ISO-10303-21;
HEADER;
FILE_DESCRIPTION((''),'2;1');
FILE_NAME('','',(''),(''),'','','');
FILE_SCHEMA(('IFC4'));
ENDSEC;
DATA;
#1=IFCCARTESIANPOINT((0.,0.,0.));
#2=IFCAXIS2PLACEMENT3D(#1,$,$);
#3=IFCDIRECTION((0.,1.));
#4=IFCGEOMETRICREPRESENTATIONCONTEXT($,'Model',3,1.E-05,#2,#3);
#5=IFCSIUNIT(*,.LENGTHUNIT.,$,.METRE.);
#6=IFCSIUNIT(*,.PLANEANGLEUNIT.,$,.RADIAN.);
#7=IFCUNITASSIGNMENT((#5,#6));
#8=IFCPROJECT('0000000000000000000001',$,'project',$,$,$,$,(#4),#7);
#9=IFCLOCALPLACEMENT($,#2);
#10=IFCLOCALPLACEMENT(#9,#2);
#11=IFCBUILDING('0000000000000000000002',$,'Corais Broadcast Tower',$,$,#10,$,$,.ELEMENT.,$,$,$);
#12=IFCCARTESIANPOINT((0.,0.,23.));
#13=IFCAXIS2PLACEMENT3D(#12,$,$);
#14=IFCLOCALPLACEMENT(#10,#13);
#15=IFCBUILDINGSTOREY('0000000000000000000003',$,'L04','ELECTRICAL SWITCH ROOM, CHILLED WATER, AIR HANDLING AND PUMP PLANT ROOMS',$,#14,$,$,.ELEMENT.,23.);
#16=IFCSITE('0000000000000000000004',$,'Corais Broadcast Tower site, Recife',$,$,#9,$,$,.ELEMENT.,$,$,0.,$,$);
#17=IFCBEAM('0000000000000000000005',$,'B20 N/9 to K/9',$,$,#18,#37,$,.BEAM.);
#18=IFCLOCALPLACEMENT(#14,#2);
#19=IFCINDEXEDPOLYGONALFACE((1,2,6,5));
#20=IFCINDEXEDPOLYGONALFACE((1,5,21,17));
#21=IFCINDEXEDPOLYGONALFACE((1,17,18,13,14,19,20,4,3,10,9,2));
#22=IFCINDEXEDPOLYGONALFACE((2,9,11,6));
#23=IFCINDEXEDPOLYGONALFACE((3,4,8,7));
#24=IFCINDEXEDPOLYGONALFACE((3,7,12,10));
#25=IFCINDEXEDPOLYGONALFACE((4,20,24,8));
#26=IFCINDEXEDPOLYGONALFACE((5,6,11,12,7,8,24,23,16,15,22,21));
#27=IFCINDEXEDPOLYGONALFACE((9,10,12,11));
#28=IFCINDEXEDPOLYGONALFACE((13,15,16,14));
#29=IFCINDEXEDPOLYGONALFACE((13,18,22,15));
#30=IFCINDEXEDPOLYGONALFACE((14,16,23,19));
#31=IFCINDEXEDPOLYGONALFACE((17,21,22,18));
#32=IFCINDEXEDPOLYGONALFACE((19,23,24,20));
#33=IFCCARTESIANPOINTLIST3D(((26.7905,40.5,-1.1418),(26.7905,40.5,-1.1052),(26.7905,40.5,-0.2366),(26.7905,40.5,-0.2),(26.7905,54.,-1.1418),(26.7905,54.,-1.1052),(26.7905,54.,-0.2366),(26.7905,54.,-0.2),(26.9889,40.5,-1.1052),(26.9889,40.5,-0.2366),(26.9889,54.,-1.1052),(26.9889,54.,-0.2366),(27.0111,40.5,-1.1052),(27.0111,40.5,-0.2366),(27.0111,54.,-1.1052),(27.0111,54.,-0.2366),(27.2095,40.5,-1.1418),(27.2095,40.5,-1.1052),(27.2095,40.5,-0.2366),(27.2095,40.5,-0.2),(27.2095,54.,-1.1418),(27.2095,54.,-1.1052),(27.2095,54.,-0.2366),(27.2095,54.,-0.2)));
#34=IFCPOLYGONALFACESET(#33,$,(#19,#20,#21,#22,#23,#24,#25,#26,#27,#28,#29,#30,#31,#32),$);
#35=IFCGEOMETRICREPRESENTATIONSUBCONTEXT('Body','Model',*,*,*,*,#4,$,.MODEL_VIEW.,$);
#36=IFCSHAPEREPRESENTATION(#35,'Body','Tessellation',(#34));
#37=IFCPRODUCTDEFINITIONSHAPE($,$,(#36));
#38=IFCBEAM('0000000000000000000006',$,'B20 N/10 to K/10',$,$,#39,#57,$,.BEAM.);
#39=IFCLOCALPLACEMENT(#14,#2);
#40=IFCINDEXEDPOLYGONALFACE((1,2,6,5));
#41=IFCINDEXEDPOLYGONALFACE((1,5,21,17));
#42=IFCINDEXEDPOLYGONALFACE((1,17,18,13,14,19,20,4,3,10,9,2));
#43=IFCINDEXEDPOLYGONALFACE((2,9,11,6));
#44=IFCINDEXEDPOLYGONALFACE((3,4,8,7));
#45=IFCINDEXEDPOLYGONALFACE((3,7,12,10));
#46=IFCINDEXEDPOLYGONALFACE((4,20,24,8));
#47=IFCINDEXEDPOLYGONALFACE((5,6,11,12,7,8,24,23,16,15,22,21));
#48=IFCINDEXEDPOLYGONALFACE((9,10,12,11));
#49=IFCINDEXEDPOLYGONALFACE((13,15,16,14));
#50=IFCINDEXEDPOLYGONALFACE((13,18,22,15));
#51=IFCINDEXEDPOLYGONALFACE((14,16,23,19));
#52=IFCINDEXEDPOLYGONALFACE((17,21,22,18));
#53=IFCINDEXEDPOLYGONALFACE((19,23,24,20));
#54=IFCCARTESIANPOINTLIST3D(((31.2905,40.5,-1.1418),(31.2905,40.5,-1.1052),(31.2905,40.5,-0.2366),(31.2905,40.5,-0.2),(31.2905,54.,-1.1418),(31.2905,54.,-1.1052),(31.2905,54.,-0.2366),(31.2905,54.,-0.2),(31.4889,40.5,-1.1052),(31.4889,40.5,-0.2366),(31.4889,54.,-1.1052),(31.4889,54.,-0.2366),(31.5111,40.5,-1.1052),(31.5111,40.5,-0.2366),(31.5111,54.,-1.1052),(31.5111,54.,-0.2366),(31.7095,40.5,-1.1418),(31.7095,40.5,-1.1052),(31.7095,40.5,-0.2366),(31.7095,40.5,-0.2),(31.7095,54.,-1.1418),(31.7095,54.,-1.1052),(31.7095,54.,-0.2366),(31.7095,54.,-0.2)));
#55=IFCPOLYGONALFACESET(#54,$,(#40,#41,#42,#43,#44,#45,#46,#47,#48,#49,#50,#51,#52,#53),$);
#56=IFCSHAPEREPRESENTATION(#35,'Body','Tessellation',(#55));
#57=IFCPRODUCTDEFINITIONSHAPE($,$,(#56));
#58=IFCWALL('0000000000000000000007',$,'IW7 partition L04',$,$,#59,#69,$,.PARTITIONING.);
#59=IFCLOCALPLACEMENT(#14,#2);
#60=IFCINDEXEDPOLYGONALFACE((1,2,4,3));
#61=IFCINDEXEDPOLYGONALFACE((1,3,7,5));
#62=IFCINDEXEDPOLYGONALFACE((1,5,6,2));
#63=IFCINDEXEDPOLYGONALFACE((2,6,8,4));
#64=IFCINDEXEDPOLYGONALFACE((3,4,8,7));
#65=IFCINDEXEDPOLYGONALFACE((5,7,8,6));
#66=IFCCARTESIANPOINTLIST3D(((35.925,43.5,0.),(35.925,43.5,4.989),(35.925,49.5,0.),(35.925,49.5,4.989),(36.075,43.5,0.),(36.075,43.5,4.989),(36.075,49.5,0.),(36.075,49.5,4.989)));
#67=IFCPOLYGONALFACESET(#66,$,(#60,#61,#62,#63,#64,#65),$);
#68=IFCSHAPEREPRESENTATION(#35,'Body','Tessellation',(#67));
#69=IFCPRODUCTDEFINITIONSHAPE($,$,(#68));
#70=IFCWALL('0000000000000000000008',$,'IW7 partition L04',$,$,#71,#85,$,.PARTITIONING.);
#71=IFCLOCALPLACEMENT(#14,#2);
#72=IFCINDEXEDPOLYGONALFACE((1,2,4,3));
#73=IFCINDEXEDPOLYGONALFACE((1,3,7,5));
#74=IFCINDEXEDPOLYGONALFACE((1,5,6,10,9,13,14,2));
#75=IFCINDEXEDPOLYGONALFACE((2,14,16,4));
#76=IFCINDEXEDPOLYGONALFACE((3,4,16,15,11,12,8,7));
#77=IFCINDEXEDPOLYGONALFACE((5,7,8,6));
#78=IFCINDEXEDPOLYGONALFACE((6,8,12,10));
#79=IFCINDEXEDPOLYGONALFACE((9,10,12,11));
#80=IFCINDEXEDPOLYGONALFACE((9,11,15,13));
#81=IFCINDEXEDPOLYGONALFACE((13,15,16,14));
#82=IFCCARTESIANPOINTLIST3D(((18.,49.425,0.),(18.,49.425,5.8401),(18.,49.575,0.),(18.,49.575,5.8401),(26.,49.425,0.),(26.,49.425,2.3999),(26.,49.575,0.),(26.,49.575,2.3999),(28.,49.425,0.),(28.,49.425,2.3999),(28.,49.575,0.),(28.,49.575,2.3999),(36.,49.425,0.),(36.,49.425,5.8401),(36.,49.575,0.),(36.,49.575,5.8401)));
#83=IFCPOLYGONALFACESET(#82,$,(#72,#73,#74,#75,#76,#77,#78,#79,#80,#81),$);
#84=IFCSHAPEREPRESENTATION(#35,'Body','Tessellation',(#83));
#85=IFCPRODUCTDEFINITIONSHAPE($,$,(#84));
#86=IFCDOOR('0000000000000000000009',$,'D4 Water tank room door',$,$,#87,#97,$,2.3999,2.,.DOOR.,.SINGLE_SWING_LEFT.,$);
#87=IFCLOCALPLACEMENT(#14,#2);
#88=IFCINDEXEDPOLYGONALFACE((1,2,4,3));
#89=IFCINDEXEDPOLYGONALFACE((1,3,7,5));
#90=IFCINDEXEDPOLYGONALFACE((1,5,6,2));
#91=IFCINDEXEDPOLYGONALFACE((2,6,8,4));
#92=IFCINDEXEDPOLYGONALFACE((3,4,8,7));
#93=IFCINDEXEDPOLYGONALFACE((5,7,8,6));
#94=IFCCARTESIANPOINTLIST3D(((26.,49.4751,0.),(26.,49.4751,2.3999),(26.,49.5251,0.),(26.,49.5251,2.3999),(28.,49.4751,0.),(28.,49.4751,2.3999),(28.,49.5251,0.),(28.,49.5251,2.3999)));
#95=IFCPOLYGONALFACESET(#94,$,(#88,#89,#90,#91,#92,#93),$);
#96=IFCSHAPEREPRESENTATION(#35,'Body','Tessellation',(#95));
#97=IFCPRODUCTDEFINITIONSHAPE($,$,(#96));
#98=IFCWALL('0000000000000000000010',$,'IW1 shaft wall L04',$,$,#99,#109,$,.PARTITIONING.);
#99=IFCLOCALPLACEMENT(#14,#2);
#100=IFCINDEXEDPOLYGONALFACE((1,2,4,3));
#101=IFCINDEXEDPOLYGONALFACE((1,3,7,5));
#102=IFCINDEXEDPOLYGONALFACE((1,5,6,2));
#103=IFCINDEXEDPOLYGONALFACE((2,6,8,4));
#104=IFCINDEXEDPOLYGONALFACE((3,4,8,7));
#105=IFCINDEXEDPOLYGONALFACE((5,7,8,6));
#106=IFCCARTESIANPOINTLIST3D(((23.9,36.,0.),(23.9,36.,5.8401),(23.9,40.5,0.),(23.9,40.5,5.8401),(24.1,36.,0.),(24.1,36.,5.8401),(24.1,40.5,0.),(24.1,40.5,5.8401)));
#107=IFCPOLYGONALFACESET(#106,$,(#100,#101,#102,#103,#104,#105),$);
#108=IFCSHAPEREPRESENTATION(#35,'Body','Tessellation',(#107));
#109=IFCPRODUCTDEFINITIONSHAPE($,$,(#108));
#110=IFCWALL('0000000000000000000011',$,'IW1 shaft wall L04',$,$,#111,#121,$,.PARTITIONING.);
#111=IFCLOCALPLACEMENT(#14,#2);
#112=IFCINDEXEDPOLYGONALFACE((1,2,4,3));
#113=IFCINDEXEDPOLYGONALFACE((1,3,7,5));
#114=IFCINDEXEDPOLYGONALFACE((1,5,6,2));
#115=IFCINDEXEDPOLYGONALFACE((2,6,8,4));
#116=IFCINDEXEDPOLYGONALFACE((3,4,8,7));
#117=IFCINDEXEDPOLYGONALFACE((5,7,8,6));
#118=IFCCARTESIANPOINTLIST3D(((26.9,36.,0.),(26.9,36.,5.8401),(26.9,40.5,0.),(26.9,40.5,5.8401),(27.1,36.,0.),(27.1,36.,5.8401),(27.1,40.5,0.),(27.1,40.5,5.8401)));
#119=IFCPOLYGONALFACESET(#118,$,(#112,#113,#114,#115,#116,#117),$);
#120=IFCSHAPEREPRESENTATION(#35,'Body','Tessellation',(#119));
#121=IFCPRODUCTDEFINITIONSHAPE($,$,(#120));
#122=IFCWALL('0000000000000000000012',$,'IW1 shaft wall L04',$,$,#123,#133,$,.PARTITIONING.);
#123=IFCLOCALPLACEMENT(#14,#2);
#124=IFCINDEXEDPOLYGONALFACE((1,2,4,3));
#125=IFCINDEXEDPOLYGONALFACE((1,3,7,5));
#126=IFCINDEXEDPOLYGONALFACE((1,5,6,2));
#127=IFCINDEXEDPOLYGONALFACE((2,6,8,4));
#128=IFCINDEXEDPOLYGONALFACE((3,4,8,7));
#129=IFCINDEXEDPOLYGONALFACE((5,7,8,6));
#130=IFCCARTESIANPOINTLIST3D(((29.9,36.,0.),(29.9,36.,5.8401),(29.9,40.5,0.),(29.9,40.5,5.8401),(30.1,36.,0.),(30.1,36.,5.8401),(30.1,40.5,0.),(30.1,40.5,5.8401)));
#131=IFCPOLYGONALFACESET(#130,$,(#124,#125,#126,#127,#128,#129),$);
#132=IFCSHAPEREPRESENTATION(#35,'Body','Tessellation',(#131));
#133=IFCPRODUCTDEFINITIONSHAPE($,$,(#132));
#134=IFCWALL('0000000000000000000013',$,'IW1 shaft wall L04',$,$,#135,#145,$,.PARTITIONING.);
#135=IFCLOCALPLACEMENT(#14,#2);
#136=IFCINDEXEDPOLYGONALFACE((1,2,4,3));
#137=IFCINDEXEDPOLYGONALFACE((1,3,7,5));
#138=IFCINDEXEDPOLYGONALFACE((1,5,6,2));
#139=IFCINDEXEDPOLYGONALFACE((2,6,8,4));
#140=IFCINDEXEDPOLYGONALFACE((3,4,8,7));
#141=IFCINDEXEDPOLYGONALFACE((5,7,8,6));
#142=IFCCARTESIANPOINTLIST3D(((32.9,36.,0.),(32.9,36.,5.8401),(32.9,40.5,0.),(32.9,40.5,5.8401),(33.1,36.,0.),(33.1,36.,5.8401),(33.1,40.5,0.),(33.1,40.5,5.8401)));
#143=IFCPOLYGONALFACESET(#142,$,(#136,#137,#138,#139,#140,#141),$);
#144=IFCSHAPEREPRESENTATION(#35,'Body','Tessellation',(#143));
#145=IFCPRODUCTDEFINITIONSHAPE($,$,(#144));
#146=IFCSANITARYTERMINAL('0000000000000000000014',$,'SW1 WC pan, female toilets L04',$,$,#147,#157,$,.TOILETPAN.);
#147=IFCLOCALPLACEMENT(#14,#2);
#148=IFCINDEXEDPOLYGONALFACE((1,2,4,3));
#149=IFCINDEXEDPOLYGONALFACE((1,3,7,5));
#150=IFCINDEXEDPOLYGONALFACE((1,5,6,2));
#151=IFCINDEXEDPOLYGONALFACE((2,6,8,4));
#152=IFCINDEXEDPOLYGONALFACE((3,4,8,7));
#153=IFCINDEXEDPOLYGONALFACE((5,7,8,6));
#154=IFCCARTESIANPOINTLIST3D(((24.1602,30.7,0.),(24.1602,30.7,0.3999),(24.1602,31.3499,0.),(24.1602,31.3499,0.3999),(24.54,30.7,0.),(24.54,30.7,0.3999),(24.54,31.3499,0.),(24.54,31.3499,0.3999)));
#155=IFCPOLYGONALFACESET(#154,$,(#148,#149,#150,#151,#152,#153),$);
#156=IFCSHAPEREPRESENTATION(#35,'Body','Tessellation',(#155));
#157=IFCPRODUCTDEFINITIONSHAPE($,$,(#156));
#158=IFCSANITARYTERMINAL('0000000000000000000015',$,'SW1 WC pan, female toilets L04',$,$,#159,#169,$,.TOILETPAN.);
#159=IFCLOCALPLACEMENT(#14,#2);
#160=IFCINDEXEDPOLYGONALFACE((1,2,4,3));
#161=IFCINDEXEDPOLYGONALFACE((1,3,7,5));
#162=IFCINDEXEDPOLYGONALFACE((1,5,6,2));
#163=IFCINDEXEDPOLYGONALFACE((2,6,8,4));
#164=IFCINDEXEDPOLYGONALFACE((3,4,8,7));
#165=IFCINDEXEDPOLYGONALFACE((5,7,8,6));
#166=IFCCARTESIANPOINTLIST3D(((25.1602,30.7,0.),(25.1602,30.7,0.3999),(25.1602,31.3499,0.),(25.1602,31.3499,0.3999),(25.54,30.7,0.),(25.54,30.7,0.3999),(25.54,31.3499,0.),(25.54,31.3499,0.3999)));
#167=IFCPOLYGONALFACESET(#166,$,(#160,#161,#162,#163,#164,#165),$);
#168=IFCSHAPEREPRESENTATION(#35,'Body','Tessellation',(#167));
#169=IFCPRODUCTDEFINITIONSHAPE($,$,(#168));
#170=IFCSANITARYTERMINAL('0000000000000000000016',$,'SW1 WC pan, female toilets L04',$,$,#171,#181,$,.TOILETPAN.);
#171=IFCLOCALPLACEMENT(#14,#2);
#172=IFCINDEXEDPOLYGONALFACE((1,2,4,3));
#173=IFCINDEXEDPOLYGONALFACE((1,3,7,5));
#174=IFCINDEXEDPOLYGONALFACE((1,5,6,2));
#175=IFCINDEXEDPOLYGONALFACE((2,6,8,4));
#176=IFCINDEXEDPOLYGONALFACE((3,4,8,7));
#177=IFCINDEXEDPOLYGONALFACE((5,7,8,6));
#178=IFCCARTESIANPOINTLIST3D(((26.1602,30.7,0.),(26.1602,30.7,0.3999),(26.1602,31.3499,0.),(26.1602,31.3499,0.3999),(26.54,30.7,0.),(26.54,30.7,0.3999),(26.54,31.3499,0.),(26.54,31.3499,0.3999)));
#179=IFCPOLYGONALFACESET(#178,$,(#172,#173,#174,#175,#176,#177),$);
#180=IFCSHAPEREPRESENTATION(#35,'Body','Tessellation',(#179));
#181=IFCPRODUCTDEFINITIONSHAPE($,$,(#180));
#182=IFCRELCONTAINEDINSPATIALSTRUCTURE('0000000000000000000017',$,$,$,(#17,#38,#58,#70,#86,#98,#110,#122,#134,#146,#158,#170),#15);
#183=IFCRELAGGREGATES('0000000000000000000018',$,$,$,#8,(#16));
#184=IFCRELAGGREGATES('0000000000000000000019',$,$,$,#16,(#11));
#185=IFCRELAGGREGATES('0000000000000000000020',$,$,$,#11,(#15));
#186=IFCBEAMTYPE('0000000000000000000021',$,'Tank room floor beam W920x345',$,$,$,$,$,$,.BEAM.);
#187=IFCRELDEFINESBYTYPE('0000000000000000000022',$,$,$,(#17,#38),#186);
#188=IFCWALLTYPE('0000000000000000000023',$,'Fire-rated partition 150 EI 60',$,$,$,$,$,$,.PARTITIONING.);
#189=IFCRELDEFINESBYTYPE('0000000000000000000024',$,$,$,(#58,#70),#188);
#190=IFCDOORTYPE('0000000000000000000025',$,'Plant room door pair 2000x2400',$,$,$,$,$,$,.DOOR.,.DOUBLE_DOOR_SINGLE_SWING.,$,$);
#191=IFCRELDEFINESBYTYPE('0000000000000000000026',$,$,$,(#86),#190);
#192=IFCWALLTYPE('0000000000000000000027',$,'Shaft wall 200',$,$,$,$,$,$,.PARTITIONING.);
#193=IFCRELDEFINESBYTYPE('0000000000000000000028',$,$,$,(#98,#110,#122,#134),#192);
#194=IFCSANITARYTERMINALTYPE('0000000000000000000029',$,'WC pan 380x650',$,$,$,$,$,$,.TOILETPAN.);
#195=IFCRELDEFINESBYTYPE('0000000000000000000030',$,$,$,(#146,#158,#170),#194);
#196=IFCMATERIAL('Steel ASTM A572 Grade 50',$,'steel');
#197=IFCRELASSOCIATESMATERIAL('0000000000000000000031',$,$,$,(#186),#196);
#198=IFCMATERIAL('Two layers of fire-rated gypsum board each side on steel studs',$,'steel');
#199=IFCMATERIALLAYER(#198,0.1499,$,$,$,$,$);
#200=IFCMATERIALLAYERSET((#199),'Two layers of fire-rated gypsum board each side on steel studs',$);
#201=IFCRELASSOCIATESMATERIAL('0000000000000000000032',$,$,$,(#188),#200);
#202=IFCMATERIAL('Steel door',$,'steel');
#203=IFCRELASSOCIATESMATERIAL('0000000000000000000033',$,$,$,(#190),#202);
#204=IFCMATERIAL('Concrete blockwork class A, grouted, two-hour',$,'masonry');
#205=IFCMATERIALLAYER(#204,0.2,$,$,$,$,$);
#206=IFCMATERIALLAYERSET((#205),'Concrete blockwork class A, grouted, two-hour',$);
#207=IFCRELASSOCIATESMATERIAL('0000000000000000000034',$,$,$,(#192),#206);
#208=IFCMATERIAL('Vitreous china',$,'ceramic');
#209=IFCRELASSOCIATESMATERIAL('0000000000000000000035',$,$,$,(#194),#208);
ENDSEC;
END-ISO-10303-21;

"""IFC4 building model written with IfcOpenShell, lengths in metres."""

from ifc_helpers import new_model, si_unit, direction, frame, frame_2d, origin, origin_2d, place, context, subcontext, project, spatial, rectangle, i_section, extrude, material, layer, layer_set, material_profile, profile_set, type_object, element, fill, save


model = new_model("IFC4")

# Units and contexts
model_context = context("Model", 3, precision=1e-05, world=origin(), true_north=direction((0.0, 1.0)))
body_context = subcontext(model_context, "Body", "Model", "MODEL_VIEW")
ifc_project = project(units=[si_unit("LENGTHUNIT", "METRE"), si_unit("PLANEANGLEUNIT", "RADIAN")], contexts=[model_context])

# Site, building, storey
site_placement = place(None, origin())
site = spatial("IfcSite", under=ifc_project, at=site_placement, Name="Corais Broadcast Tower site, Recife", CompositionType="ELEMENT", RefElevation=0.0)
building_placement = place(site_placement, origin())
building = spatial("IfcBuilding", under=site, at=building_placement, Name="Corais Broadcast Tower", CompositionType="ELEMENT")
storey_placement = place(building_placement, frame((0.0, 0.0, 23.0)))
storey = spatial("IfcBuildingStorey", under=building, at=storey_placement, Name="L04", Description="ELECTRICAL SWITCH ROOM, CHILLED WATER, AIR HANDLING AND PUMP PLANT ROOMS", CompositionType="ELEMENT", Elevation=23.0)

# Beams
ifc_material_1 = material(Name="Steel ASTM A572 Grade 50", Category="steel")
ifc_material_profile_1 = material_profile(ifc_material_1, i_section(OverallWidth=0.4189, OverallDepth=0.9419, WebThickness=0.0222, FlangeThickness=0.0366, at=origin_2d()), Name="W920x345")
ifc_profile_set_1 = profile_set([ifc_material_profile_1], Name="Steel ASTM A572 Grade 50")
beam_type_1 = type_object("IfcBeamType", Name="Tank room floor beam W920x345", PredefinedType="BEAM", material=ifc_profile_set_1)
for number, where, z_axis, x_axis, name in (
    (1, (27.0, 54.0, -0.6709), (0.0, -1.0, 0.0), (1.0, 0.0, 0.0), "B20 N/9 to K/9"),
    (2, (31.5, 54.0, -0.6709), (0.0, -1.0, 0.0), (1.0, 0.0, 0.0), "B20 N/10 to K/10"),
):
    element("IfcBeam", number, at=place(storey_placement, frame(where, z_axis=z_axis, x_axis=x_axis)), inside=storey, type_object=beam_type_1, Name=name, PredefinedType="BEAM", context=body_context, shape_type="SweptSolid", body=[
        extrude(i_section(OverallWidth=0.4189, OverallDepth=0.9419, WebThickness=0.0222, FlangeThickness=0.0366, at=origin_2d()), origin(), (0.0, 0.0, 1.0), 13.5),
    ])

# Wall
ifc_material_2 = material(Name="Two layers of fire-rated gypsum board each side on steel studs", Category="steel")
ifc_layer_1 = layer(ifc_material_2, 0.1499)
ifc_layer_set_1 = layer_set([ifc_layer_1], Name="Two layers of fire-rated gypsum board each side on steel studs")
wall_type_1 = type_object("IfcWallType", Name="Fire-rated partition 150 EI 60", PredefinedType="PARTITIONING", material=ifc_layer_set_1)
wall_1_placement = place(storey_placement, frame((36.0, 43.5, 0.0), z_axis=(0.0, 0.0, 1.0), x_axis=(0.0, 1.0, 0.0)))
element("IfcWall", 3, at=wall_1_placement, inside=storey, type_object=wall_type_1, Name="IW7 partition L04", PredefinedType="PARTITIONING", context=body_context, shape_type="SweptSolid", body=[
    extrude(rectangle(XDim=6.0, YDim=0.1499, at=frame_2d((3.0, 0.0))), origin(), (0.0, 0.0, 1.0), 4.989),
])

# Wall, opening, door
wall_2_placement = place(storey_placement, frame((36.0, 49.5, 0.0), z_axis=(0.0, 0.0, 1.0), x_axis=(-1.0, 0.0, 0.0)))
wall_2 = element("IfcWall", 4, at=wall_2_placement, inside=storey, type_object=wall_type_1, Name="IW7 partition L04", PredefinedType="PARTITIONING", context=body_context, shape_type="SweptSolid", body=[
    extrude(rectangle(XDim=18.0, YDim=0.1499, at=frame_2d((9.0, 0.0))), origin(), (0.0, 0.0, 1.0), 5.8401),
])
opening_1_placement = place(wall_2_placement, frame((8.0, 0.0, 0.0)))
opening_1 = element("IfcOpeningElement", 5, at=opening_1_placement, cuts=wall_2, PredefinedType="OPENING", context=body_context, shape_type="SweptSolid", body=[
    extrude(rectangle(XDim=2.0, YDim=2.3999, at=frame_2d((1.0, 1.2))), frame((0.0, 0.085, 0.0), z_axis=(0.0, -1.0, 0.0), x_axis=(1.0, 0.0, 0.0)), (0.0, 0.0, 1.0), 0.1699),
])
ifc_material_3 = material(Name="Steel door", Category="steel")
door_type = type_object("IfcDoorType", Name="Plant room door pair 2000x2400", OperationType="DOUBLE_DOOR_SINGLE_SWING", PredefinedType="DOOR", material=ifc_material_3)
door_1_placement = place(opening_1_placement, origin())
door_1 = element("IfcDoor", 6, at=door_1_placement, inside=storey, type_object=door_type, Name="D4 Water tank room door", OperationType="SINGLE_SWING_LEFT", OverallHeight=2.3999, OverallWidth=2.0, PredefinedType="DOOR", context=body_context, shape_type="SweptSolid", body=[
    extrude(rectangle(XDim=2.0, YDim=2.3999, at=frame_2d((1.0, 1.2))), frame((0.0, 0.0249, 0.0), z_axis=(0.0, -1.0, 0.0), x_axis=(1.0, 0.0, 0.0)), (0.0, 0.0, 1.0), 0.05),
])
fill(opening_1, door_1)

# Walls
ifc_material_4 = material(Name="Concrete blockwork class A, grouted, two-hour", Category="masonry")
ifc_layer_2 = layer(ifc_material_4, 0.2)
ifc_layer_set_2 = layer_set([ifc_layer_2], Name="Concrete blockwork class A, grouted, two-hour")
wall_type_2 = type_object("IfcWallType", Name="Shaft wall 200", PredefinedType="PARTITIONING", material=ifc_layer_set_2)
for number, where, z_axis, x_axis, name in (
    (7, (24.0, 36.0, 0.0), (0.0, 0.0, 1.0), (0.0, 1.0, 0.0), "IW1 shaft wall L04"),
    (8, (27.0, 36.0, 0.0), (0.0, 0.0, 1.0), (0.0, 1.0, 0.0), "IW1 shaft wall L04"),
    (9, (30.0, 36.0, 0.0), (0.0, 0.0, 1.0), (0.0, 1.0, 0.0), "IW1 shaft wall L04"),
    (10, (33.0, 36.0, 0.0), (0.0, 0.0, 1.0), (0.0, 1.0, 0.0), "IW1 shaft wall L04"),
):
    element("IfcWall", number, at=place(storey_placement, frame(where, z_axis=z_axis, x_axis=x_axis)), inside=storey, type_object=wall_type_2, Name=name, PredefinedType="PARTITIONING", context=body_context, shape_type="SweptSolid", body=[
        extrude(rectangle(XDim=4.5, YDim=0.2, at=frame_2d((2.25, 0.0))), origin(), (0.0, 0.0, 1.0), 5.8401),
    ])

# Sanitary terminals
ifc_material_5 = material(Name="Vitreous china", Category="ceramic")
sanitary_terminal_type = type_object("IfcSanitaryTerminalType", Name="WC pan 380x650", PredefinedType="TOILETPAN", material=ifc_material_5)
for number, where, z_axis, x_axis, name in (
    (11, (24.3501, 31.0249, 0.0), (0.0, 0.0, 1.0), (1.0, 0.0, 0.0), "SW1 WC pan, female toilets L04"),
    (12, (25.3501, 31.0249, 0.0), (0.0, 0.0, 1.0), (1.0, 0.0, 0.0), "SW1 WC pan, female toilets L04"),
    (13, (26.3501, 31.0249, 0.0), (0.0, 0.0, 1.0), (1.0, 0.0, 0.0), "SW1 WC pan, female toilets L04"),
):
    element("IfcSanitaryTerminal", number, at=place(storey_placement, frame(where, z_axis=z_axis, x_axis=x_axis)), inside=storey, type_object=sanitary_terminal_type, Name=name, PredefinedType="TOILETPAN", context=body_context, shape_type="SweptSolid", body=[
        extrude(rectangle(XDim=0.3799, YDim=0.6499, at=origin_2d()), origin(), (0.0, 0.0, 1.0), 0.3999),
    ])

save(model, "model.ifc")
